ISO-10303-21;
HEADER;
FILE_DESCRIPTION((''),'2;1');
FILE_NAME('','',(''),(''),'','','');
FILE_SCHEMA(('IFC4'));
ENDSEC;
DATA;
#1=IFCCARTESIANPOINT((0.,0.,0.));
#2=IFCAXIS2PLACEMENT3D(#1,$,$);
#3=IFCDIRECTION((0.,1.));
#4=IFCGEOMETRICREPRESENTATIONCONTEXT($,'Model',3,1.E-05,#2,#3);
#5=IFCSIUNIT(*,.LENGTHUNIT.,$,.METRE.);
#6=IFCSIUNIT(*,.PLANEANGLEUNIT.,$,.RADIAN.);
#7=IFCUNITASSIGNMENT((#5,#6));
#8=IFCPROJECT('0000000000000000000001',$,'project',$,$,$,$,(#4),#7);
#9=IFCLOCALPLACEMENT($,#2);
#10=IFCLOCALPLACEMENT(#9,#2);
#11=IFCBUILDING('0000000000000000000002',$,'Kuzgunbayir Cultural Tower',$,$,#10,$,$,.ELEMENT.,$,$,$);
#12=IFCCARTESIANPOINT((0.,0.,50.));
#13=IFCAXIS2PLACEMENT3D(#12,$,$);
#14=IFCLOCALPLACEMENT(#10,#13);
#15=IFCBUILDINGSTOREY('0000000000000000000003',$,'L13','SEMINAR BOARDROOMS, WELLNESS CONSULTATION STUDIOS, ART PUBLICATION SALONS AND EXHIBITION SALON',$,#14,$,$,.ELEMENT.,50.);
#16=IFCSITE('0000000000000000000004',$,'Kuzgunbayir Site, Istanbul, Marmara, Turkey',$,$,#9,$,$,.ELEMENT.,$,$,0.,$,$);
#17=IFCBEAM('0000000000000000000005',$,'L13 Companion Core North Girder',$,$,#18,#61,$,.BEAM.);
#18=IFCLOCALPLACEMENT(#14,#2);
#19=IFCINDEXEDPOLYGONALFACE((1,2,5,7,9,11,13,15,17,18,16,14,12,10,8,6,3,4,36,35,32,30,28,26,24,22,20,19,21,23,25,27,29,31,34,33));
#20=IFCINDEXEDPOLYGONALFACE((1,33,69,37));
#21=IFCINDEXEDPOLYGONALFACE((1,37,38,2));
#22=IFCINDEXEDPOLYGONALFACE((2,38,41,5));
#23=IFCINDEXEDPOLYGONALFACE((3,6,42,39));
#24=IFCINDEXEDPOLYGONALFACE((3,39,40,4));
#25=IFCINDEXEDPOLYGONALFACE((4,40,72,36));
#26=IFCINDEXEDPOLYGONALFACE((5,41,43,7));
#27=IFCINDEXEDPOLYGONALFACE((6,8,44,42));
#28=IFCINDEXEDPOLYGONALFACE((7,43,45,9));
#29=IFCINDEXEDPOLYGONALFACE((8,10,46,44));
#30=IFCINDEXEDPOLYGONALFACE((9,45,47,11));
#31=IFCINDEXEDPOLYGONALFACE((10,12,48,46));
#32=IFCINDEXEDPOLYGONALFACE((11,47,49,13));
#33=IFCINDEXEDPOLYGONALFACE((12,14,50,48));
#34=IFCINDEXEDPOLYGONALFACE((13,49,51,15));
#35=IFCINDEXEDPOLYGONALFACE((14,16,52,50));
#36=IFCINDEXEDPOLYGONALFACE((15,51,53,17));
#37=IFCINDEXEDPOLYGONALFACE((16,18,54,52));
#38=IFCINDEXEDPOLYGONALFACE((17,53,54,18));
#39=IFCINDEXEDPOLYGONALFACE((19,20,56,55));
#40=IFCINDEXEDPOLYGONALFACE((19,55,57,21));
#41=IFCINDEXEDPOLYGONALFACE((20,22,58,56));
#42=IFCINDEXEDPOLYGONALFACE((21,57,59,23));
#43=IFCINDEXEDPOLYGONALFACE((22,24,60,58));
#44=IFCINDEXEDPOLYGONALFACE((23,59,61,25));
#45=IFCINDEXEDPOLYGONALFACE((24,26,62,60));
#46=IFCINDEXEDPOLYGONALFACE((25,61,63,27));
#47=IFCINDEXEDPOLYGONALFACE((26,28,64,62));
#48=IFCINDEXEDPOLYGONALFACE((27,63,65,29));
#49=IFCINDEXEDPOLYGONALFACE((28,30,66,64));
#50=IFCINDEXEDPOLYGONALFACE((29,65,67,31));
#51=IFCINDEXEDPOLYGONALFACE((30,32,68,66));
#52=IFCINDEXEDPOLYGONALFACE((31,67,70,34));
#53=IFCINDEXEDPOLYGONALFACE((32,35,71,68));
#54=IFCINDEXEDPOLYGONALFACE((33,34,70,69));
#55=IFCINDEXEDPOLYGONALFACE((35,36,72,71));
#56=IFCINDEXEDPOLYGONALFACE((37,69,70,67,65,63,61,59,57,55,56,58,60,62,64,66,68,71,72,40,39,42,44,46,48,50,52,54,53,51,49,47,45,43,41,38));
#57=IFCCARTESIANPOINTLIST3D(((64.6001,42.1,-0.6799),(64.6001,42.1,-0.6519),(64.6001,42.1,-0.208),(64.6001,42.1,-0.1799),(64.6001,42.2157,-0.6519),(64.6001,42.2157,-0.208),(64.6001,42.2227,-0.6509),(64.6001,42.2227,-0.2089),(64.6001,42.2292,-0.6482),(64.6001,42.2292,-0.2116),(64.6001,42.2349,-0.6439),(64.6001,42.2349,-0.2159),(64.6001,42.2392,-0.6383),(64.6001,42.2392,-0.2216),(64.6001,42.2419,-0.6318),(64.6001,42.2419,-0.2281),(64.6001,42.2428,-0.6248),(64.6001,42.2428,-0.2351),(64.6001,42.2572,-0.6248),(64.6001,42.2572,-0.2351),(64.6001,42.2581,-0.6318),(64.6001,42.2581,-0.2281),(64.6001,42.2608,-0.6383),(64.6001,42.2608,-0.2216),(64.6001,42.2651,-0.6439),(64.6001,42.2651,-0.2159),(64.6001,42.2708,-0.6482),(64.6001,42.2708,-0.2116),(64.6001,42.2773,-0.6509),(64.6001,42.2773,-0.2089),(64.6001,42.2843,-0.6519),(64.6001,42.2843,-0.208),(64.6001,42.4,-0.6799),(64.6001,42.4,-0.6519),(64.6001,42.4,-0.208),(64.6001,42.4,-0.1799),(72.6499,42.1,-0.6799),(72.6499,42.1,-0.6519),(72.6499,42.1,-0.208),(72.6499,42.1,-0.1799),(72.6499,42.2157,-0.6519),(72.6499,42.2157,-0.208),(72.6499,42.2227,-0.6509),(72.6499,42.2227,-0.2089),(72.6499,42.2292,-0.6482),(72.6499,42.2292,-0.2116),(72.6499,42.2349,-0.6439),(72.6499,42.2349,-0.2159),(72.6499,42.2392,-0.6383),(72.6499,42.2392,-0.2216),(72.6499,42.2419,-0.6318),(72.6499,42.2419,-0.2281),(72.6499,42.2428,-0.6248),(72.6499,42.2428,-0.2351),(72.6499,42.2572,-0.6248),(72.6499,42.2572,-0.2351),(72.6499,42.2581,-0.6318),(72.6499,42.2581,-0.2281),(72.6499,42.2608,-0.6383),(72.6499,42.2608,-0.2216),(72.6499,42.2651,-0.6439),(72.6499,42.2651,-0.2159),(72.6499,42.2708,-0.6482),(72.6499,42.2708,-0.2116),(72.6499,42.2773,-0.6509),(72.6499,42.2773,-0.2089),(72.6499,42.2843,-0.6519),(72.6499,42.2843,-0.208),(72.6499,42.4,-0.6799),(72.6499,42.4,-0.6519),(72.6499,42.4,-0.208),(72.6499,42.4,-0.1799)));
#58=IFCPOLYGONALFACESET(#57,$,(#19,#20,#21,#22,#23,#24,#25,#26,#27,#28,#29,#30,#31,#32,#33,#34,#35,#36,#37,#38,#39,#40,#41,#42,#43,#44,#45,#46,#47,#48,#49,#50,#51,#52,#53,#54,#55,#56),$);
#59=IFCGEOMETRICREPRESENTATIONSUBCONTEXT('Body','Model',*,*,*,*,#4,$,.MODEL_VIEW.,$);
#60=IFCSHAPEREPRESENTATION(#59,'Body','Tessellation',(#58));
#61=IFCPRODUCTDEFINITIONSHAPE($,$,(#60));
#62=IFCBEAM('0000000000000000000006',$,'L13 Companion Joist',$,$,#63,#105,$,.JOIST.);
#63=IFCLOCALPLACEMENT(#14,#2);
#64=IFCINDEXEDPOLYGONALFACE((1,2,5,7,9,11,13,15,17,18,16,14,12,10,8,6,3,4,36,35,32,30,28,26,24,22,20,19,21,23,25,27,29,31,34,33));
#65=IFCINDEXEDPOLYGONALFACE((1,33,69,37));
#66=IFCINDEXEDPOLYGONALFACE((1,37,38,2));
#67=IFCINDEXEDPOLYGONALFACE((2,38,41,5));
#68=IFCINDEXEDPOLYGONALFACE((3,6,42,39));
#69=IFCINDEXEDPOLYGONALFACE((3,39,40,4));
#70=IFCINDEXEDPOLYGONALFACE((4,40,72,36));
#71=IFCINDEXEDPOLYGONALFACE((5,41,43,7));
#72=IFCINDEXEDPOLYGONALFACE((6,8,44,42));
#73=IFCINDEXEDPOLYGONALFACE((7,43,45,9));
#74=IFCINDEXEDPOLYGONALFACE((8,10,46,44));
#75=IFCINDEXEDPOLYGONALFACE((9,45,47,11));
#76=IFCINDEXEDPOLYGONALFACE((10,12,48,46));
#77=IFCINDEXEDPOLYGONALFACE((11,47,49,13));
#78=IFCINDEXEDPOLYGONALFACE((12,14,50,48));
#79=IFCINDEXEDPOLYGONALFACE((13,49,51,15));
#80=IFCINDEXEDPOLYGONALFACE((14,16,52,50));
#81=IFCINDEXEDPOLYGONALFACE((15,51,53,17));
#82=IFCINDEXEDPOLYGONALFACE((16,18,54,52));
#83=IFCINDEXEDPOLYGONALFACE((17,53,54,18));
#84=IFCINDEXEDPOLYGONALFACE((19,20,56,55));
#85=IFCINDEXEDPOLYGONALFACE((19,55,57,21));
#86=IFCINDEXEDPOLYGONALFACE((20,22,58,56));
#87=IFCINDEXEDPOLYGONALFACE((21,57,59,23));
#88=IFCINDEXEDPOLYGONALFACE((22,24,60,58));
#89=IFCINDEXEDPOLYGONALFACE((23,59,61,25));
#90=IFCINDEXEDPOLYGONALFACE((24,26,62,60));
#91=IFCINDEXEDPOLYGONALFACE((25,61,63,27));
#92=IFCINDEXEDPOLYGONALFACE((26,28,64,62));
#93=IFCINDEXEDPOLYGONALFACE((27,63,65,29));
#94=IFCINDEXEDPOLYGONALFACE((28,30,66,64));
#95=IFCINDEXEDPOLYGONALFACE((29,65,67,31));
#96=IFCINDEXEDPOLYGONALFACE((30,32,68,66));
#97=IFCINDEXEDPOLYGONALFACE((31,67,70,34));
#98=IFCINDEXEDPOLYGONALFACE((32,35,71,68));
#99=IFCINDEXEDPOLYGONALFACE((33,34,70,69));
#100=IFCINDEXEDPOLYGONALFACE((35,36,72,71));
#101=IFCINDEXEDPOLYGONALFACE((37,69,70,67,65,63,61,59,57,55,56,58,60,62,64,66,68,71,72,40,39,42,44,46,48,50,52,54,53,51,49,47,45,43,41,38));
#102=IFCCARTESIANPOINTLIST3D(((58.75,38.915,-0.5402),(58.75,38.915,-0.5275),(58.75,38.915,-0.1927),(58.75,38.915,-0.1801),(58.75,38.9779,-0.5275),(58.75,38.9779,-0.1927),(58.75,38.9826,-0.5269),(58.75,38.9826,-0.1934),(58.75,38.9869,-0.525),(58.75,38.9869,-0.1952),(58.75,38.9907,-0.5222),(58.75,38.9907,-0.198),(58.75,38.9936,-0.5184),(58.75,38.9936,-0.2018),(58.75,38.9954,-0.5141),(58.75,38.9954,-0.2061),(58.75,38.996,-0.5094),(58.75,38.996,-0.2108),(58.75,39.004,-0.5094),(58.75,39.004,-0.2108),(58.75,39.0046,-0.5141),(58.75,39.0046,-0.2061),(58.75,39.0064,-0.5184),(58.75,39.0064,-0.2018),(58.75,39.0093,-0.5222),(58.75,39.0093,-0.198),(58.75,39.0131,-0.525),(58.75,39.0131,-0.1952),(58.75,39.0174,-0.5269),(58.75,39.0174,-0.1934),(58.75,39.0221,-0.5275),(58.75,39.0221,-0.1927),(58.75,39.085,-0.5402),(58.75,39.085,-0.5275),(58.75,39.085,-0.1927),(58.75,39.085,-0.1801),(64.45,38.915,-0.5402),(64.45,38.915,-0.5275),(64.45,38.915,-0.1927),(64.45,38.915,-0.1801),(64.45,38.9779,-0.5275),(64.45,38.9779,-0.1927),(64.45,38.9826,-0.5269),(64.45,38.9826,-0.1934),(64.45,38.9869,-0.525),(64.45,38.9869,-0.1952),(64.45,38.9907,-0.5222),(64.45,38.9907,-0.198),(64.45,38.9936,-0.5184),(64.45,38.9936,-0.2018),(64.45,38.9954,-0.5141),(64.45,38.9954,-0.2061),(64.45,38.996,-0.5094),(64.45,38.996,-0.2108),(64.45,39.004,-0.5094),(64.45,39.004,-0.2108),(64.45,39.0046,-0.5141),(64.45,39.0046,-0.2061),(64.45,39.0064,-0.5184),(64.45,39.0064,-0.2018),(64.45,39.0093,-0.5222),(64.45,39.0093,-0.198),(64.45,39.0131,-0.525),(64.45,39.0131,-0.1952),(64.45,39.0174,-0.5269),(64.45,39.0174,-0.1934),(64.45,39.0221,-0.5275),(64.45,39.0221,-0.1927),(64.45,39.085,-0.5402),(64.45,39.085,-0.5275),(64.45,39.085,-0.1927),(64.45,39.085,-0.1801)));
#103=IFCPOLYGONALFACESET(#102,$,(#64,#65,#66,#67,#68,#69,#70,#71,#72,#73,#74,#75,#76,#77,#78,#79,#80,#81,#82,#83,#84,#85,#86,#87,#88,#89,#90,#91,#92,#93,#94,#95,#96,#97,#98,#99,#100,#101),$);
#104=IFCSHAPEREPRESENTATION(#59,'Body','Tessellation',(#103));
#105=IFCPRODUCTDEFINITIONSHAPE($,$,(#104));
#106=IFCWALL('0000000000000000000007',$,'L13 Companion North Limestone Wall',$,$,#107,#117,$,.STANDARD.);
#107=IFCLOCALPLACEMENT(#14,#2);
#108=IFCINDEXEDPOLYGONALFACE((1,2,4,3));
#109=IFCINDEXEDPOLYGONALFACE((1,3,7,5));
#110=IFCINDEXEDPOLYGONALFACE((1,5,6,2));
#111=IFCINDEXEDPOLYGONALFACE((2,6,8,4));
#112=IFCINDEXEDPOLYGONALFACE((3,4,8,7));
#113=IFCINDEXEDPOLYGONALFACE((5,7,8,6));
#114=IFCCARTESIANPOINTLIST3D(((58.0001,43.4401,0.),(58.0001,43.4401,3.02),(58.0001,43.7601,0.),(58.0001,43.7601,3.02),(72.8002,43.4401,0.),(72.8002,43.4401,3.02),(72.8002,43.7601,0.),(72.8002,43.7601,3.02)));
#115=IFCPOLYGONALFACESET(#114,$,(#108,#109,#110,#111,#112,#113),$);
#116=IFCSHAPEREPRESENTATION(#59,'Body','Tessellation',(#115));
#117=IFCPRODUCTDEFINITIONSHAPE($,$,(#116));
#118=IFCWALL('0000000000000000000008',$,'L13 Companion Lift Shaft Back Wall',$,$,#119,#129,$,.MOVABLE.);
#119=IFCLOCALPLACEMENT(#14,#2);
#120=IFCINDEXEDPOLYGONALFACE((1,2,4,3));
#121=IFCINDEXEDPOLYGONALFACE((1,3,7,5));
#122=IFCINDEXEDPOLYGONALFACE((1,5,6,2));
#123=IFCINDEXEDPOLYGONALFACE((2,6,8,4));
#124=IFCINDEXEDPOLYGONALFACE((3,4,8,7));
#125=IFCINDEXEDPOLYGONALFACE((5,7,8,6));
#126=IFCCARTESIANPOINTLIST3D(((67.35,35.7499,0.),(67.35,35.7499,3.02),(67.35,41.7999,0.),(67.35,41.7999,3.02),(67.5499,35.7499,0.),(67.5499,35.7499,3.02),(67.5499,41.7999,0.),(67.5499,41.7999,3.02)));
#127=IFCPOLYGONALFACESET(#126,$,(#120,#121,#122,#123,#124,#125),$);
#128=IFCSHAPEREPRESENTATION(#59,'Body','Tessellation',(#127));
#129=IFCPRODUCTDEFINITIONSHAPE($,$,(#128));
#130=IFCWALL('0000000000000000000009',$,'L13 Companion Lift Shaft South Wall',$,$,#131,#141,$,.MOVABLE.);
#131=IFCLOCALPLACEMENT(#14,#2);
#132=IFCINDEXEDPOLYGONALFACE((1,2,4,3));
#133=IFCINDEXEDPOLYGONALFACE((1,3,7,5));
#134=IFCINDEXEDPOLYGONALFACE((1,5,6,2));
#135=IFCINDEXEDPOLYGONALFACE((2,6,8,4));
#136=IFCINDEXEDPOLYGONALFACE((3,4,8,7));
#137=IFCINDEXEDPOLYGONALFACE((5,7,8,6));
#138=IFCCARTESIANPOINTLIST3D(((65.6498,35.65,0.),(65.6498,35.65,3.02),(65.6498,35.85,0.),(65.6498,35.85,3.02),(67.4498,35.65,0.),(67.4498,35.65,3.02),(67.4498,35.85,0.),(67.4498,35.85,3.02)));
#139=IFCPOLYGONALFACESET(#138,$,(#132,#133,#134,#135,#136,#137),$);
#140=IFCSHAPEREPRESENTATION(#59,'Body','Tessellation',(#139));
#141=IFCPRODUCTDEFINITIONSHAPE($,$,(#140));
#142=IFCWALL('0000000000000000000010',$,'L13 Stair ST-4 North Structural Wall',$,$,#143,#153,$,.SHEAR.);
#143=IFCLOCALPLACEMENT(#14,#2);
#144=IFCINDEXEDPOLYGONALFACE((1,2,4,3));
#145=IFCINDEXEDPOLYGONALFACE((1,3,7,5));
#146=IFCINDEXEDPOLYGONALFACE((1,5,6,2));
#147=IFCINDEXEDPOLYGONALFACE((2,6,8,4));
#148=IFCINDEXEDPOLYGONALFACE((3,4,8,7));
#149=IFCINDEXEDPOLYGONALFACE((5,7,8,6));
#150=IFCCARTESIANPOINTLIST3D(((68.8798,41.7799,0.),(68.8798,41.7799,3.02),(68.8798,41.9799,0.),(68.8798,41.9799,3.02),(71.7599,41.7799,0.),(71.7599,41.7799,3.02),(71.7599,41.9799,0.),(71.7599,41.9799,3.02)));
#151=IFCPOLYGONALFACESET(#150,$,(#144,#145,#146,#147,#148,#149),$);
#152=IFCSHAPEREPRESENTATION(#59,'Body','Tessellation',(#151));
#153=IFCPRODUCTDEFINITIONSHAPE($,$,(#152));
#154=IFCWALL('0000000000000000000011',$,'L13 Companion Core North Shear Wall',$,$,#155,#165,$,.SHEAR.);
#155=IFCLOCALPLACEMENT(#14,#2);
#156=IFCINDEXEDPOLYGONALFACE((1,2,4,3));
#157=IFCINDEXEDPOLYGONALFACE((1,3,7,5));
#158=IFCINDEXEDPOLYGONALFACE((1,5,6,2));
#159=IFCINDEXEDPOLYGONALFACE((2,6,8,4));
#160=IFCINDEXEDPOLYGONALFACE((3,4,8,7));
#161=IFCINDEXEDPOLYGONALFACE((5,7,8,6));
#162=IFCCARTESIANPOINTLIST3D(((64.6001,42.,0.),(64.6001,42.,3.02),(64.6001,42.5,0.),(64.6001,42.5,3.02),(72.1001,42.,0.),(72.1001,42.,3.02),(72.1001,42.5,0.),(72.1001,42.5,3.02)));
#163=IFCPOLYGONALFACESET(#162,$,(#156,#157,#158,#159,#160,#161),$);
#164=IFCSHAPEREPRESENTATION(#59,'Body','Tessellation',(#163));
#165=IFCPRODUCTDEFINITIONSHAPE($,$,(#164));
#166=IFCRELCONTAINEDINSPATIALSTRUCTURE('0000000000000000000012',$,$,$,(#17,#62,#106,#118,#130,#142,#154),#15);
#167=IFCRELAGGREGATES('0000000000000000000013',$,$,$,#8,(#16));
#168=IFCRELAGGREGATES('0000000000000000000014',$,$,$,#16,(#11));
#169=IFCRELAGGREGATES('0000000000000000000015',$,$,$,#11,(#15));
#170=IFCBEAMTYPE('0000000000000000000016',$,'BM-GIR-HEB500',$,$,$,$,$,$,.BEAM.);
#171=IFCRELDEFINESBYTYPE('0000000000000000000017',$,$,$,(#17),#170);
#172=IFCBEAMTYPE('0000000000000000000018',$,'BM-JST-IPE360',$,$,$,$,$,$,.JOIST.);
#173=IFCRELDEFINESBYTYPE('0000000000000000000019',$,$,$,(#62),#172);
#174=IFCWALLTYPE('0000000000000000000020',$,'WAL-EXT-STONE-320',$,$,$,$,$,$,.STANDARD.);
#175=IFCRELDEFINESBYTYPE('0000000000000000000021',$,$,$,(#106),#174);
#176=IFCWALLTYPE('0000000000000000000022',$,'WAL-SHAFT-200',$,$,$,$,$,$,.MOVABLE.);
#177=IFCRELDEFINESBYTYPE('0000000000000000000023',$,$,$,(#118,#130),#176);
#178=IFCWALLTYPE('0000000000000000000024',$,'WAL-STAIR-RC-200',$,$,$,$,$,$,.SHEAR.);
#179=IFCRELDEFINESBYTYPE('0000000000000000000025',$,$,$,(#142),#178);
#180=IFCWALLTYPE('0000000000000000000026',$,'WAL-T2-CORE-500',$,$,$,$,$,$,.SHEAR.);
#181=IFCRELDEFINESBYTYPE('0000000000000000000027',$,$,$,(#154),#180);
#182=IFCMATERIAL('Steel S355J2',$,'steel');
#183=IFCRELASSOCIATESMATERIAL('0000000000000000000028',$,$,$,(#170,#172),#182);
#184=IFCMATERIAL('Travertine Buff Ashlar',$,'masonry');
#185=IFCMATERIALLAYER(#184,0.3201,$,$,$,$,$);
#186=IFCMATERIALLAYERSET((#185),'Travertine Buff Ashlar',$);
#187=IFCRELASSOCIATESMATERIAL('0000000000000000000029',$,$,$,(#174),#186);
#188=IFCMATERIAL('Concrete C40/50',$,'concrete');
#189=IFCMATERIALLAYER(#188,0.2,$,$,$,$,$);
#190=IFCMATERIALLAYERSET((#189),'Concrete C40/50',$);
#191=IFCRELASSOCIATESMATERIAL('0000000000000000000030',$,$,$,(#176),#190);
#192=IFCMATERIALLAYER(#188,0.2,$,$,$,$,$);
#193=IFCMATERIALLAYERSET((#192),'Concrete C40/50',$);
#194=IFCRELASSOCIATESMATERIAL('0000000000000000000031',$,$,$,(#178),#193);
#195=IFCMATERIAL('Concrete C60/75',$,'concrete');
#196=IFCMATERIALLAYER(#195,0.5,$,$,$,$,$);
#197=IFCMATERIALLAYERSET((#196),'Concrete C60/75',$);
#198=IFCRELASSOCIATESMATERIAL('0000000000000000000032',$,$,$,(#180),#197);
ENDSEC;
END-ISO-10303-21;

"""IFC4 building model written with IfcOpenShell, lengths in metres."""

from ifc_helpers import new_model, si_unit, direction, frame, frame_2d, origin, origin_2d, place, context, subcontext, project, spatial, rectangle, i_section, extrude, material, layer, layer_set, material_profile, profile_set, type_object, element, save


model = new_model("IFC4")

# Units and contexts
model_context = context("Model", 3, precision=1e-05, world=origin(), true_north=direction((0.0, 1.0)))
body_context = subcontext(model_context, "Body", "Model", "MODEL_VIEW")
ifc_project = project(units=[si_unit("LENGTHUNIT", "METRE"), si_unit("PLANEANGLEUNIT", "RADIAN")], contexts=[model_context])

# Site, building, storey
site_placement = place(None, origin())
site = spatial("IfcSite", under=ifc_project, at=site_placement, Name="Kuzgunbayir Site, Istanbul, Marmara, Turkey", CompositionType="ELEMENT", RefElevation=0.0)
building_placement = place(site_placement, origin())
building = spatial("IfcBuilding", under=site, at=building_placement, Name="Kuzgunbayir Cultural Tower", CompositionType="ELEMENT")
storey_placement = place(building_placement, frame((0.0, 0.0, 50.0)))
storey = spatial("IfcBuildingStorey", under=building, at=storey_placement, Name="L13", Description="SEMINAR BOARDROOMS, WELLNESS CONSULTATION STUDIOS, ART PUBLICATION SALONS AND EXHIBITION SALON", CompositionType="ELEMENT", Elevation=50.0)

# Shared definitions
ifc_material_1 = material(Name="Concrete C60/75", Category="concrete")

# Beams
ifc_material_2 = material(Name="Steel S355J2", Category="steel")
ifc_material_profile_1 = material_profile(ifc_material_2, i_section(OverallWidth=0.3, OverallDepth=0.5, WebThickness=0.0144, FlangeThickness=0.0281, FilletRadius=0.0271, at=origin_2d()), Name="HEB 500")
ifc_profile_set_1 = profile_set([ifc_material_profile_1], Name="Steel S355J2")
beam_type_1 = type_object("IfcBeamType", Name="BM-GIR-HEB500", PredefinedType="BEAM", material=ifc_profile_set_1)
beam_1_placement = place(storey_placement, frame((64.6001, 42.25, -0.4299), z_axis=(1.0, 0.0, 0.0), x_axis=(0.0, 1.0, 0.0)))
element("IfcBeam", 1, at=beam_1_placement, inside=storey, type_object=beam_type_1, Name="L13 Companion Core North Girder", PredefinedType="BEAM", context=body_context, shape_type="SweptSolid", body=[
    extrude(i_section(OverallWidth=0.3, OverallDepth=0.5, WebThickness=0.0144, FlangeThickness=0.0281, FilletRadius=0.0271, at=origin_2d()), origin(), (0.0, 0.0, 1.0), 8.0498),
])
ifc_material_profile_2 = material_profile(ifc_material_2, i_section(OverallWidth=0.1699, OverallDepth=0.3601, WebThickness=0.0081, FlangeThickness=0.0127, FilletRadius=0.0181, at=origin_2d()), Name="IPE 360")
ifc_profile_set_2 = profile_set([ifc_material_profile_2], Name="Steel S355J2")
beam_type_2 = type_object("IfcBeamType", Name="BM-JST-IPE360", PredefinedType="JOIST", material=ifc_profile_set_2)
beam_2_placement = place(storey_placement, frame((58.75, 39.0, -0.3601), z_axis=(1.0, 0.0, 0.0), x_axis=(0.0, 1.0, 0.0)))
element("IfcBeam", 2, at=beam_2_placement, inside=storey, type_object=beam_type_2, Name="L13 Companion Joist", PredefinedType="JOIST", context=body_context, shape_type="SweptSolid", body=[
    extrude(i_section(OverallWidth=0.1699, OverallDepth=0.3601, WebThickness=0.0081, FlangeThickness=0.0127, FilletRadius=0.0181, at=origin_2d()), origin(), (0.0, 0.0, 1.0), 5.7),
])

# Wall
ifc_material_3 = material(Name="Travertine Buff Ashlar", Category="masonry")
ifc_layer_1 = layer(ifc_material_3, 0.3201)
ifc_layer_set_1 = layer_set([ifc_layer_1], Name="Travertine Buff Ashlar")
wall_type_1 = type_object("IfcWallType", Name="WAL-EXT-STONE-320", PredefinedType="STANDARD", material=ifc_layer_set_1)
wall_1_placement = place(storey_placement, frame((72.8, 43.6001, 0.0), z_axis=(0.0, 0.0, 1.0), x_axis=(-1.0, 0.0, 0.0)))
element("IfcWall", 3, at=wall_1_placement, inside=storey, type_object=wall_type_1, Name="L13 Companion North Limestone Wall", PredefinedType="STANDARD", context=body_context, shape_type="SweptSolid", body=[
    extrude(rectangle(XDim=14.8, YDim=0.3201, at=frame_2d((7.3999, 0.0))), origin(), (0.0, 0.0, 1.0), 3.02),
])

# Shared definitions
ifc_material_4 = material(Name="Concrete C40/50", Category="concrete")
ifc_layer_2 = layer(ifc_material_4, 0.2)
ifc_layer_set_2 = layer_set([ifc_layer_2], Name="Concrete C40/50")
wall_type_2 = type_object("IfcWallType", Name="WAL-SHAFT-200", PredefinedType="MOVABLE", material=ifc_layer_set_2)

# Walls
wall_2_placement = place(storey_placement, frame((67.45, 35.75, 0.0), z_axis=(0.0, 0.0, 1.0), x_axis=(0.0, 1.0, 0.0)))
element("IfcWall", 4, at=wall_2_placement, inside=storey, type_object=wall_type_2, Name="L13 Companion Lift Shaft Back Wall", PredefinedType="MOVABLE", context=body_context, shape_type="SweptSolid", body=[
    extrude(rectangle(XDim=6.05, YDim=0.2, at=frame_2d((3.0249, 0.0))), origin(), (0.0, 0.0, 1.0), 3.02),
])
wall_3_placement = place(storey_placement, frame((65.6499, 35.75, 0.0), z_axis=(0.0, 0.0, 1.0), x_axis=(1.0, 0.0, 0.0)))
element("IfcWall", 5, at=wall_3_placement, inside=storey, type_object=wall_type_2, Name="L13 Companion Lift Shaft South Wall", PredefinedType="MOVABLE", context=body_context, shape_type="SweptSolid", body=[
    extrude(rectangle(XDim=1.8, YDim=0.2, at=frame_2d((0.8999, 0.0))), origin(), (0.0, 0.0, 1.0), 3.02),
])
ifc_layer_3 = layer(ifc_material_4, 0.2)
ifc_layer_set_3 = layer_set([ifc_layer_3], Name="Concrete C40/50")
wall_type_3 = type_object("IfcWallType", Name="WAL-STAIR-RC-200", PredefinedType="SHEAR", material=ifc_layer_set_3)
wall_4_placement = place(storey_placement, frame((68.8799, 41.8799, 0.0), z_axis=(0.0, 0.0, 1.0), x_axis=(1.0, 0.0, 0.0)))
element("IfcWall", 6, at=wall_4_placement, inside=storey, type_object=wall_type_3, Name="L13 Stair ST-4 North Structural Wall", PredefinedType="SHEAR", context=body_context, shape_type="SweptSolid", body=[
    extrude(rectangle(XDim=2.8801, YDim=0.2, at=frame_2d((1.4399, 0.0))), origin(), (0.0, 0.0, 1.0), 3.02),
])
ifc_layer_4 = layer(ifc_material_1, 0.5)
ifc_layer_set_4 = layer_set([ifc_layer_4], Name="Concrete C60/75")
wall_type_4 = type_object("IfcWallType", Name="WAL-T2-CORE-500", PredefinedType="SHEAR", material=ifc_layer_set_4)
wall_5_placement = place(storey_placement, frame((64.6001, 42.25, 0.0), z_axis=(0.0, 0.0, 1.0), x_axis=(1.0, 0.0, 0.0)))
element("IfcWall", 7, at=wall_5_placement, inside=storey, type_object=wall_type_4, Name="L13 Companion Core North Shear Wall", PredefinedType="SHEAR", context=body_context, shape_type="SweptSolid", body=[
    extrude(rectangle(XDim=7.5, YDim=0.5, at=frame_2d((3.75, 0.0))), origin(), (0.0, 0.0, 1.0), 3.02),
])

save(model, "model.ifc")
